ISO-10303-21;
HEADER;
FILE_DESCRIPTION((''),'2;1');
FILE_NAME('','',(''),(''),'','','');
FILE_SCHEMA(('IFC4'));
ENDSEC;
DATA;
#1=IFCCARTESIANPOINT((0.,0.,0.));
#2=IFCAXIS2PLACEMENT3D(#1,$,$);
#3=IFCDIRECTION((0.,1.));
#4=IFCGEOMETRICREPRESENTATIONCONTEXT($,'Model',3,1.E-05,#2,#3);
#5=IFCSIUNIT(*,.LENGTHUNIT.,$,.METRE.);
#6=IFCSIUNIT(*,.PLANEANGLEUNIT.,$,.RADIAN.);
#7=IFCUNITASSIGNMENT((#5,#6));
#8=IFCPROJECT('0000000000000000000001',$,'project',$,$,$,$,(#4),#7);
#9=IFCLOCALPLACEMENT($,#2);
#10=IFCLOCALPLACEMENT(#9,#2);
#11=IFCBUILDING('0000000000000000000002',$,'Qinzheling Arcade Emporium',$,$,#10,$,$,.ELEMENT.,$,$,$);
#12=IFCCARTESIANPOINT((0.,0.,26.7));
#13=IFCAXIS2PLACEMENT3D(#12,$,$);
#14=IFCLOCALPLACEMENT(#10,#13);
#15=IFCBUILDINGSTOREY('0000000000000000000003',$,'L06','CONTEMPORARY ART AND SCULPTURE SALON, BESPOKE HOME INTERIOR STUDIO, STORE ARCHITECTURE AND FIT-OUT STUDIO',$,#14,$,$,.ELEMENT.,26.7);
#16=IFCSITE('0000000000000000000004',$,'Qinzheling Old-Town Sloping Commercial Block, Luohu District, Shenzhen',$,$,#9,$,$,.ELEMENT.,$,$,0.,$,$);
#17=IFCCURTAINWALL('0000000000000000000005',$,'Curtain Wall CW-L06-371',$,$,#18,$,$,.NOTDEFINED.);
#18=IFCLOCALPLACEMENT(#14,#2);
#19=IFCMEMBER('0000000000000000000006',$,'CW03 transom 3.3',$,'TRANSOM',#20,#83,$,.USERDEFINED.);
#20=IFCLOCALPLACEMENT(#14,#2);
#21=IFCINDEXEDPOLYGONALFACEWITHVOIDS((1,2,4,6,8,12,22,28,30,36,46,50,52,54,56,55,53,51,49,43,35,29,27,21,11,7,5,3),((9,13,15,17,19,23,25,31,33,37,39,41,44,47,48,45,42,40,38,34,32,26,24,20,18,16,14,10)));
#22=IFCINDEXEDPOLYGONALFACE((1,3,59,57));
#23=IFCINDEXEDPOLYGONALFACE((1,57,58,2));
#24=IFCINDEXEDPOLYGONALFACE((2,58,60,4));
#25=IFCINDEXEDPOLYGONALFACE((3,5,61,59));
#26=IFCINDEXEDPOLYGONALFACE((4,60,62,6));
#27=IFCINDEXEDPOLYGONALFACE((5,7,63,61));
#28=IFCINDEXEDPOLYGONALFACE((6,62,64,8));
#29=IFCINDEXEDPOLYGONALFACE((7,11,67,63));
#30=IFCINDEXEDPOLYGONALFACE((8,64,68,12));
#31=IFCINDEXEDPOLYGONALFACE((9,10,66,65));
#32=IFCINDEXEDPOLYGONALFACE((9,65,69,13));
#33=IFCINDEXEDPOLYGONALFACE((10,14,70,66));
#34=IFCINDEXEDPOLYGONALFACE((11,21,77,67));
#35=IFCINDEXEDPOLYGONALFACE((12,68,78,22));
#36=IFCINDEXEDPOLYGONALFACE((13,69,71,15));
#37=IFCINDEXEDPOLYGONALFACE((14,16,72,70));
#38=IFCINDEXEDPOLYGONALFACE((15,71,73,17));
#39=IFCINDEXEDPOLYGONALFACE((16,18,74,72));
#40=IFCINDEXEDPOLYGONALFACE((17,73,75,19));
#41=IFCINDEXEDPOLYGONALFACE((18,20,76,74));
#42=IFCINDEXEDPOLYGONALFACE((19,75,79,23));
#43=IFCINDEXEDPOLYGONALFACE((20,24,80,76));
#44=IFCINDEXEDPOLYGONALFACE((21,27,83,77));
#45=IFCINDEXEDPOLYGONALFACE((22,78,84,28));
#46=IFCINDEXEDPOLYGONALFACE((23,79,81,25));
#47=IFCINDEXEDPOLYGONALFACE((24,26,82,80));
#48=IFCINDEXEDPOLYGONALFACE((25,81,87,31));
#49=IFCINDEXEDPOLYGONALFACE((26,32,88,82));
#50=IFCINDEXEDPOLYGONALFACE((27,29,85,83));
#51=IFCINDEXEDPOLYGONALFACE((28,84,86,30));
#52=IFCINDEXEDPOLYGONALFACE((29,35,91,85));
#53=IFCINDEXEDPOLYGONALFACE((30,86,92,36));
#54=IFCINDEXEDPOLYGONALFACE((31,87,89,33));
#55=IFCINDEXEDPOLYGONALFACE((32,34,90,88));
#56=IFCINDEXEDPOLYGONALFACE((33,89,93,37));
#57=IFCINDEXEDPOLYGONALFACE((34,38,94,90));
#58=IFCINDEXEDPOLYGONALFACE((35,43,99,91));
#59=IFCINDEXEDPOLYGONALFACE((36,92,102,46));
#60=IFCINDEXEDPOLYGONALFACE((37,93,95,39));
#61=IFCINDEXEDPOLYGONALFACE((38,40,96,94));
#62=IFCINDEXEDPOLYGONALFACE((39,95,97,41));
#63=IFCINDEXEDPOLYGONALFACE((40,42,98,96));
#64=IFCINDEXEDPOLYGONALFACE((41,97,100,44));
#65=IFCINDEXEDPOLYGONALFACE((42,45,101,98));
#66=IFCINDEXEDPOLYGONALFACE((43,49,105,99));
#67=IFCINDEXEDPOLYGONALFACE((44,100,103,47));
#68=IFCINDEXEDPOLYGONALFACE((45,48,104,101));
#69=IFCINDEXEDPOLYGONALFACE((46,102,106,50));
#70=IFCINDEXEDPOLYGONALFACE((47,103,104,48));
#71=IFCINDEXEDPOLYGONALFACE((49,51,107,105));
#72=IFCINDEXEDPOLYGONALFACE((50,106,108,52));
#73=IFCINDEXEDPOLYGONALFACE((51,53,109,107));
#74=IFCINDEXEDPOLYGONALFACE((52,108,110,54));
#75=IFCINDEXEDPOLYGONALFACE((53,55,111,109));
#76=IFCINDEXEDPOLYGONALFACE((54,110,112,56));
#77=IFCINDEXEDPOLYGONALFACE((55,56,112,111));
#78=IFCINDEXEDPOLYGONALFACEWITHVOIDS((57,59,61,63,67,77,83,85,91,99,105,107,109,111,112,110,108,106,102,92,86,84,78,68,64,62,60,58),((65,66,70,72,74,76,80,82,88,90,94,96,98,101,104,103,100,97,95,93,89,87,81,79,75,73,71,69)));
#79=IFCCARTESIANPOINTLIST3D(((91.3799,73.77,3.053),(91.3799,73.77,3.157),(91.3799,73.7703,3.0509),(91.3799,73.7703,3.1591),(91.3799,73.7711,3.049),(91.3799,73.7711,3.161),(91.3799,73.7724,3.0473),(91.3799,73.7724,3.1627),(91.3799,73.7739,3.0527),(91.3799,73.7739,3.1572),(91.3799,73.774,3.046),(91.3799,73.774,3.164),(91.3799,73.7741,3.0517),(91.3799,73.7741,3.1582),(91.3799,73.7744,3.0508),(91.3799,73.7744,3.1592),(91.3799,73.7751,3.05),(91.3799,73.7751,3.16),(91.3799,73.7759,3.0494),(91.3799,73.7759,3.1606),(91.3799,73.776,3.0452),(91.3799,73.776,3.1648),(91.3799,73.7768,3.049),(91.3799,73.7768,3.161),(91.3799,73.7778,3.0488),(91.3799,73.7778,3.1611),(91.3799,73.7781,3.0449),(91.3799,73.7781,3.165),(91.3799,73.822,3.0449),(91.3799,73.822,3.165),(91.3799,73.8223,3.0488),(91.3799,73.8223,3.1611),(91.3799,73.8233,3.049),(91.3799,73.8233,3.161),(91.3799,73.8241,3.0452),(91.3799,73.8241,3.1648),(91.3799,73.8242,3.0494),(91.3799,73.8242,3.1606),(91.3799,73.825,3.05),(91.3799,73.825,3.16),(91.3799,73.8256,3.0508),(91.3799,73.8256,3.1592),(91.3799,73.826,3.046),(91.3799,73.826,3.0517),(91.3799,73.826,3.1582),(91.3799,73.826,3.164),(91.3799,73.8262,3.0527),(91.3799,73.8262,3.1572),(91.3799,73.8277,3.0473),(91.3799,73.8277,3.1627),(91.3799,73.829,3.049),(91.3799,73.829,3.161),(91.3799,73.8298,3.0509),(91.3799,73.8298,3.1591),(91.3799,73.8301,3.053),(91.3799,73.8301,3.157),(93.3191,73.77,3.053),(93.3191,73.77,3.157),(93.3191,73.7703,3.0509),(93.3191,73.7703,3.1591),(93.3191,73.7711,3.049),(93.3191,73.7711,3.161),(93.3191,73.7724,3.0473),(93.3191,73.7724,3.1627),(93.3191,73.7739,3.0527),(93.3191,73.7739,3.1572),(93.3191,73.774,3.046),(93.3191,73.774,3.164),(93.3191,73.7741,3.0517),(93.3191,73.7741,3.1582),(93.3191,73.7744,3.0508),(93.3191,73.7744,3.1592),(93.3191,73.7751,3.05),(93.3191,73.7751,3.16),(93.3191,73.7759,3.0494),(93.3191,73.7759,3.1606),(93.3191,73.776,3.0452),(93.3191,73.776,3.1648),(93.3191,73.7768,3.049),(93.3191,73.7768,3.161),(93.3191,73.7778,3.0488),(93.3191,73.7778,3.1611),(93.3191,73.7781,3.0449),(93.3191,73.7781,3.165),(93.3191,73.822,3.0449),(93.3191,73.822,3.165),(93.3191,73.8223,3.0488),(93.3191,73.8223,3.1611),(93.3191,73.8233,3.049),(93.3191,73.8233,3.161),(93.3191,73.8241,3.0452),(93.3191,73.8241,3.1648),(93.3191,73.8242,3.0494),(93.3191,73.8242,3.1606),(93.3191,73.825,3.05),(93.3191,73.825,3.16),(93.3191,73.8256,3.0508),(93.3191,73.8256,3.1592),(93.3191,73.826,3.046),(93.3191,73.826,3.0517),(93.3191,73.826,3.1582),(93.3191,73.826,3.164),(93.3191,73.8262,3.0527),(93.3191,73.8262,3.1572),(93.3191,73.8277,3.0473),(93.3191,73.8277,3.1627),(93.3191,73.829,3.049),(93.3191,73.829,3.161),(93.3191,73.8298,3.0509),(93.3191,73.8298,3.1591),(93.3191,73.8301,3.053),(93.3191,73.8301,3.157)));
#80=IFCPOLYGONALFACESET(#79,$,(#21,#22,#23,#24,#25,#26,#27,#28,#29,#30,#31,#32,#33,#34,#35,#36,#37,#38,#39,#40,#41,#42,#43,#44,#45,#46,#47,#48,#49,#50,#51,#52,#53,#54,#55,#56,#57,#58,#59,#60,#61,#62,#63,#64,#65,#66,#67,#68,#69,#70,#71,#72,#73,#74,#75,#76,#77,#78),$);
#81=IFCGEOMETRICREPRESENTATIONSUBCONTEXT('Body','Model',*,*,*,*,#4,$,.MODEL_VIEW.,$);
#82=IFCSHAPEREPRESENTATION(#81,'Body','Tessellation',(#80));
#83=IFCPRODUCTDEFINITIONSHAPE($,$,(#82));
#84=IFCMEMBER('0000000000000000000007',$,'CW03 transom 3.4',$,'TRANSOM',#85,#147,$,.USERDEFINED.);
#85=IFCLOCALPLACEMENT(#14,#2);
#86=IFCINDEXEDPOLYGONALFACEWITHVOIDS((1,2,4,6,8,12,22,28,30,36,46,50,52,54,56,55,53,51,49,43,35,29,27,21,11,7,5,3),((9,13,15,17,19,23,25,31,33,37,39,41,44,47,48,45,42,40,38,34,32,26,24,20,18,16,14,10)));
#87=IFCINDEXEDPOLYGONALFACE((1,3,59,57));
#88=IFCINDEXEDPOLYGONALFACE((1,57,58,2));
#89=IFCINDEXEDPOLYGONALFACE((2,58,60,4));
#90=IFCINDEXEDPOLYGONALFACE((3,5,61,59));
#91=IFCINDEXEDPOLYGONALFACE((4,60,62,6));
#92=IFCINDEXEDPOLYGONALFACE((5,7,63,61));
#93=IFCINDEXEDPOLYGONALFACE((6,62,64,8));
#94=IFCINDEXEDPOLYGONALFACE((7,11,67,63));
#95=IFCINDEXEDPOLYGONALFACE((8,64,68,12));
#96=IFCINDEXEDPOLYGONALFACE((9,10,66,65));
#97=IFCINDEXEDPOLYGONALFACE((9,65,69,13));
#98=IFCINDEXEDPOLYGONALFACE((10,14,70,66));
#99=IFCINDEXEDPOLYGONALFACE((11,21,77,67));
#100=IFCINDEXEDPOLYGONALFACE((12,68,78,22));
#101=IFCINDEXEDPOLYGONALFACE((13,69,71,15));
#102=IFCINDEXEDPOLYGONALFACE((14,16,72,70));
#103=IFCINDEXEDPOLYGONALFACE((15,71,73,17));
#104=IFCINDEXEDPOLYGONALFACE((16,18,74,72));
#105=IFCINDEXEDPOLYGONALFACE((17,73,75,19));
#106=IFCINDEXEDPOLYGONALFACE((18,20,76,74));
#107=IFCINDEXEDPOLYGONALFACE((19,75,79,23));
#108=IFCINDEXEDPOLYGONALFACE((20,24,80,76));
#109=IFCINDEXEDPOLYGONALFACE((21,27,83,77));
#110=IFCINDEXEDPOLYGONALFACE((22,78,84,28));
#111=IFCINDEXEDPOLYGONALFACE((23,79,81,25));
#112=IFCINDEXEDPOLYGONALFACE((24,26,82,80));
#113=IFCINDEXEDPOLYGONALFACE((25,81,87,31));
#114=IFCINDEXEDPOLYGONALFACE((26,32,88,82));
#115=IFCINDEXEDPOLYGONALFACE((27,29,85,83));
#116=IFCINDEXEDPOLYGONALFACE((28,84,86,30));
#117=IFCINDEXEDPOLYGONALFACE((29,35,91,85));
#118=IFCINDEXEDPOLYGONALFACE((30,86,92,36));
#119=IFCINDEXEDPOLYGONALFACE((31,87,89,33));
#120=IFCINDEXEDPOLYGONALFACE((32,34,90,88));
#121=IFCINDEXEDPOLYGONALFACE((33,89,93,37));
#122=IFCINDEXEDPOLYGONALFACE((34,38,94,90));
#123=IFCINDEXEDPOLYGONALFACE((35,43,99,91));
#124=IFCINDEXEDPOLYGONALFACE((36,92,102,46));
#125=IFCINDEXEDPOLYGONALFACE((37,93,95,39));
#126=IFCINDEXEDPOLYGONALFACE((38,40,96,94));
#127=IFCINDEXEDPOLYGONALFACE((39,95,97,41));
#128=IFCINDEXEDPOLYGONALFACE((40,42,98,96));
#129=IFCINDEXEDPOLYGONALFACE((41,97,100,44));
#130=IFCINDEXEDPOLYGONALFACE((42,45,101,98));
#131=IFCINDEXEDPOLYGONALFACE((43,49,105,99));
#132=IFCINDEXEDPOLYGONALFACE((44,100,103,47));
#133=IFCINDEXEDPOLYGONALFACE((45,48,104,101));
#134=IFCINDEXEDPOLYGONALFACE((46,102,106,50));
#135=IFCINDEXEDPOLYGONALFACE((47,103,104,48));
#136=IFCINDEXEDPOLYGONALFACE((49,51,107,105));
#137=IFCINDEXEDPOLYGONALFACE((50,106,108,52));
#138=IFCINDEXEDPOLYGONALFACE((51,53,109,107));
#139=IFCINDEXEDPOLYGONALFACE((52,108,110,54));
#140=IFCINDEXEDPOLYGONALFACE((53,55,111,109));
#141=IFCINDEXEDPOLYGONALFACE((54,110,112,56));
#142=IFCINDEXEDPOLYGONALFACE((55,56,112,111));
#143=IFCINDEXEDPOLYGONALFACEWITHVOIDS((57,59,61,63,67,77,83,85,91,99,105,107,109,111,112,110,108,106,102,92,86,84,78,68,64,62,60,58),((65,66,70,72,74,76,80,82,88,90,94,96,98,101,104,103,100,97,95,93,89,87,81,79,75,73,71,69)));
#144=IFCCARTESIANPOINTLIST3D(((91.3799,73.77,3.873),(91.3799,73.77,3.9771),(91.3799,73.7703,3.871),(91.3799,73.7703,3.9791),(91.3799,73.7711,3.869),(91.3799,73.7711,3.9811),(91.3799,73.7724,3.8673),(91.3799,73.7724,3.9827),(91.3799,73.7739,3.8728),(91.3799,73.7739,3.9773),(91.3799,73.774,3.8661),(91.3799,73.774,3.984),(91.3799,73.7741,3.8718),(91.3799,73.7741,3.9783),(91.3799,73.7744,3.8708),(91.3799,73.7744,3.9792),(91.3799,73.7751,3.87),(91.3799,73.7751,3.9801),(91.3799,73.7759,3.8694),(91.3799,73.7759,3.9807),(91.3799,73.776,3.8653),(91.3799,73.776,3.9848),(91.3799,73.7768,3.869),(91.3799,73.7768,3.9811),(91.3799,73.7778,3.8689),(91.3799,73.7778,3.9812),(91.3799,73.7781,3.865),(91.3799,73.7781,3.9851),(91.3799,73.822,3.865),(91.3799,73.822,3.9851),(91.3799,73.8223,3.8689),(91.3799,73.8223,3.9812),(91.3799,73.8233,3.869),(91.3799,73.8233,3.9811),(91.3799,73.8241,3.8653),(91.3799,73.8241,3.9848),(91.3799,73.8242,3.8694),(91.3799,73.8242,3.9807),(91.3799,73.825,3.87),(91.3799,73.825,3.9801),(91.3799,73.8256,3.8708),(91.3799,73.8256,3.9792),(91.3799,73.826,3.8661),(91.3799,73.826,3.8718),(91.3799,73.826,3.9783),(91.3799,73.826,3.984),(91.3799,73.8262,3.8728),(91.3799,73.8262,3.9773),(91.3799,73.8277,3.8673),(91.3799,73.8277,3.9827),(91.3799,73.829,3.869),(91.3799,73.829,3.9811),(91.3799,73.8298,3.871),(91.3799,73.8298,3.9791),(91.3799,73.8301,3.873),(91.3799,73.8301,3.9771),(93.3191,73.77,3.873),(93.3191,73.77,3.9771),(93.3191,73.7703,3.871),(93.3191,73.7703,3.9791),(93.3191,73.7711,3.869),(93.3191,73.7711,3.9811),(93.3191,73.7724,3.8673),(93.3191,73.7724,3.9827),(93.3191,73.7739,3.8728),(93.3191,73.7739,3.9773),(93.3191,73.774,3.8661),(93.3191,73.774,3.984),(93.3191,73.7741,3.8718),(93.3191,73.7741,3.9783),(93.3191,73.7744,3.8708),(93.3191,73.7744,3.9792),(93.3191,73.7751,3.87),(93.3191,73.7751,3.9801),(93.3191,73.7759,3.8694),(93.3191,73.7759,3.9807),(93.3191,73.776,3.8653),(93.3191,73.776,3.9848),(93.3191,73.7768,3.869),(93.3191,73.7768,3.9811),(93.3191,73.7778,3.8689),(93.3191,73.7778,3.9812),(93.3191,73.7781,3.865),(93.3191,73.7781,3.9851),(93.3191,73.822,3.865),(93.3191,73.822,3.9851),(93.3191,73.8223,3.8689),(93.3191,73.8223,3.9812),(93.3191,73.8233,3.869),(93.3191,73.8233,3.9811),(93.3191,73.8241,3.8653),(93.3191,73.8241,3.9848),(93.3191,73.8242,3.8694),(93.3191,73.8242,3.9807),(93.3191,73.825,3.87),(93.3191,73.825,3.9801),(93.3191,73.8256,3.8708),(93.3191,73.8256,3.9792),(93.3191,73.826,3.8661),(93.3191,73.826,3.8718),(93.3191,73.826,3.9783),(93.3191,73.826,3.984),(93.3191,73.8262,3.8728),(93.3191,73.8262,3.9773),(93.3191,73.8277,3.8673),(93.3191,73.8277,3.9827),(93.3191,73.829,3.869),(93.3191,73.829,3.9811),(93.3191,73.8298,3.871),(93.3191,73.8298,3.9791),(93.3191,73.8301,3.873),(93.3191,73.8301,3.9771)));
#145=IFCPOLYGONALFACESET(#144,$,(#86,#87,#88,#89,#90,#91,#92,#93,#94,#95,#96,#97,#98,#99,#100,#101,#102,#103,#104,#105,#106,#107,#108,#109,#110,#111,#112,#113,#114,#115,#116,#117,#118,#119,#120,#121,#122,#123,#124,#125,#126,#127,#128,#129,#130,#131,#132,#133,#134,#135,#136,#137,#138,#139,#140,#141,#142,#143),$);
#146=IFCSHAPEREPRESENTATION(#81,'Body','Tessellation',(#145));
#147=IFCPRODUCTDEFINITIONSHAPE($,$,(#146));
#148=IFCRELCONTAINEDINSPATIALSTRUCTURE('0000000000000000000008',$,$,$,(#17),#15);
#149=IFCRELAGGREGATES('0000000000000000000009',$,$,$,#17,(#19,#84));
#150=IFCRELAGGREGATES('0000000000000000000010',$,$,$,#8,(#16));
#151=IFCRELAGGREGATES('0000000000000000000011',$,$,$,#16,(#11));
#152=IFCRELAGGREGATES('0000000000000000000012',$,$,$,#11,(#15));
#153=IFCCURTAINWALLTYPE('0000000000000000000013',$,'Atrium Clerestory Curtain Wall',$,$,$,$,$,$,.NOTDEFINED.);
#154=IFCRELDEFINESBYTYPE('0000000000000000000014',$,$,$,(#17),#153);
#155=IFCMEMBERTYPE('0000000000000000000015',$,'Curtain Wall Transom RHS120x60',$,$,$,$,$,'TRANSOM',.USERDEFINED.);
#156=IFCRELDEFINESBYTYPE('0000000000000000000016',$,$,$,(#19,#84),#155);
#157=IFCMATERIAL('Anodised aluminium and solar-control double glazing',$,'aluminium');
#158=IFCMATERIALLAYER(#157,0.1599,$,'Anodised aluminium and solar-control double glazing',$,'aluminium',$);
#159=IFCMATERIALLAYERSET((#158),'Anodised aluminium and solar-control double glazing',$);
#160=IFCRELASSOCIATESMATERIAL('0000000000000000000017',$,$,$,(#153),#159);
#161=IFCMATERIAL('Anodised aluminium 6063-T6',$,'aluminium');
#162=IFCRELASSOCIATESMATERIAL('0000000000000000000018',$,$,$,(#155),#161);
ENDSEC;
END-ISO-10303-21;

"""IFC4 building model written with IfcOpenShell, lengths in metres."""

from ifc_helpers import new_model, si_unit, direction, frame, origin, origin_2d, place, context, subcontext, project, spatial, hollow_rectangle, extrude, material, layer, layer_set, material_profile, profile_set, type_object, element, aggregate, save


model = new_model("IFC4")

# Units and contexts
model_context = context("Model", 3, precision=1e-05, world=origin(), true_north=direction((0.0, 1.0)))
body_context = subcontext(model_context, "Body", "Model", "MODEL_VIEW")
ifc_project = project(units=[si_unit("LENGTHUNIT", "METRE"), si_unit("PLANEANGLEUNIT", "RADIAN")], contexts=[model_context])

# Site, building, storey
site_placement = place(None, origin())
site = spatial("IfcSite", under=ifc_project, at=site_placement, Name="Qinzheling Old-Town Sloping Commercial Block, Luohu District, Shenzhen", CompositionType="ELEMENT", RefElevation=0.0)
building_placement = place(site_placement, origin())
building = spatial("IfcBuilding", under=site, at=building_placement, Name="Qinzheling Arcade Emporium", CompositionType="ELEMENT")
storey_placement = place(building_placement, frame((0.0, 0.0, 26.7)))
storey = spatial("IfcBuildingStorey", under=building, at=storey_placement, Name="L06", Description="CONTEMPORARY ART AND SCULPTURE SALON, BESPOKE HOME INTERIOR STUDIO, STORE ARCHITECTURE AND FIT-OUT STUDIO", CompositionType="ELEMENT", Elevation=26.7)

# Curtain wall
ifc_material_1 = material(Name="Anodised aluminium and solar-control double glazing", Category="aluminium")
ifc_layer_1 = layer(ifc_material_1, 0.1599, Name="Anodised aluminium and solar-control double glazing", Category="aluminium")
ifc_layer_set_1 = layer_set([ifc_layer_1], Name="Anodised aluminium and solar-control double glazing")
curtain_wall_type = type_object("IfcCurtainWallType", Name="Atrium Clerestory Curtain Wall", PredefinedType="NOTDEFINED", material=ifc_layer_set_1)
curtain_wall_1_placement = place(storey_placement, origin())
curtain_wall_1 = element("IfcCurtainWall", 1, at=curtain_wall_1_placement, inside=storey, type_object=curtain_wall_type, Name="Curtain Wall CW-L06-371", PredefinedType="NOTDEFINED")
ifc_material_2 = material(Name="Anodised aluminium 6063-T6", Category="aluminium")

# Members
ifc_material_profile_1 = material_profile(ifc_material_2, hollow_rectangle(XDim=0.0601, YDim=0.1201, WallThickness=0.0039, InnerFilletRadius=0.0039, OuterFilletRadius=0.0081, at=origin_2d()), Name="RHS 120x60x4", Category="aluminium")
ifc_profile_set_1 = profile_set([ifc_material_profile_1], Name="Anodised aluminium 6063-T6")
member_type_1 = type_object("IfcMemberType", Name="Curtain Wall Transom RHS120x60", ElementType="TRANSOM", PredefinedType="USERDEFINED", material=ifc_profile_set_1)
member_1_placement = place(storey_placement, frame((91.3799, 73.8, 3.105), z_axis=(1.0, 0.0, 0.0), x_axis=(0.0, 1.0, 0.0)))
member_1 = element("IfcMember", 2, at=member_1_placement, type_object=member_type_1, Name="CW03 transom 3.3", ObjectType="TRANSOM", PredefinedType="USERDEFINED", context=body_context, shape_type="SweptSolid", body=[
    extrude(hollow_rectangle(XDim=0.0601, YDim=0.1201, WallThickness=0.0039, InnerFilletRadius=0.0039, OuterFilletRadius=0.0081, at=origin_2d()), origin(), (0.0, 0.0, 1.0), 1.9392),
])
member_2_placement = place(storey_placement, frame((91.3799, 73.8, 3.925), z_axis=(1.0, 0.0, 0.0), x_axis=(0.0, 1.0, 0.0)))
member_2 = element("IfcMember", 3, at=member_2_placement, type_object=member_type_1, Name="CW03 transom 3.4", ObjectType="TRANSOM", PredefinedType="USERDEFINED", context=body_context, shape_type="SweptSolid", body=[
    extrude(hollow_rectangle(XDim=0.0601, YDim=0.1201, WallThickness=0.0039, InnerFilletRadius=0.0039, OuterFilletRadius=0.0081, at=origin_2d()), origin(), (0.0, 0.0, 1.0), 1.9392),
])

aggregate(curtain_wall_1, [member_1, member_2])

save(model, "model.ifc")
